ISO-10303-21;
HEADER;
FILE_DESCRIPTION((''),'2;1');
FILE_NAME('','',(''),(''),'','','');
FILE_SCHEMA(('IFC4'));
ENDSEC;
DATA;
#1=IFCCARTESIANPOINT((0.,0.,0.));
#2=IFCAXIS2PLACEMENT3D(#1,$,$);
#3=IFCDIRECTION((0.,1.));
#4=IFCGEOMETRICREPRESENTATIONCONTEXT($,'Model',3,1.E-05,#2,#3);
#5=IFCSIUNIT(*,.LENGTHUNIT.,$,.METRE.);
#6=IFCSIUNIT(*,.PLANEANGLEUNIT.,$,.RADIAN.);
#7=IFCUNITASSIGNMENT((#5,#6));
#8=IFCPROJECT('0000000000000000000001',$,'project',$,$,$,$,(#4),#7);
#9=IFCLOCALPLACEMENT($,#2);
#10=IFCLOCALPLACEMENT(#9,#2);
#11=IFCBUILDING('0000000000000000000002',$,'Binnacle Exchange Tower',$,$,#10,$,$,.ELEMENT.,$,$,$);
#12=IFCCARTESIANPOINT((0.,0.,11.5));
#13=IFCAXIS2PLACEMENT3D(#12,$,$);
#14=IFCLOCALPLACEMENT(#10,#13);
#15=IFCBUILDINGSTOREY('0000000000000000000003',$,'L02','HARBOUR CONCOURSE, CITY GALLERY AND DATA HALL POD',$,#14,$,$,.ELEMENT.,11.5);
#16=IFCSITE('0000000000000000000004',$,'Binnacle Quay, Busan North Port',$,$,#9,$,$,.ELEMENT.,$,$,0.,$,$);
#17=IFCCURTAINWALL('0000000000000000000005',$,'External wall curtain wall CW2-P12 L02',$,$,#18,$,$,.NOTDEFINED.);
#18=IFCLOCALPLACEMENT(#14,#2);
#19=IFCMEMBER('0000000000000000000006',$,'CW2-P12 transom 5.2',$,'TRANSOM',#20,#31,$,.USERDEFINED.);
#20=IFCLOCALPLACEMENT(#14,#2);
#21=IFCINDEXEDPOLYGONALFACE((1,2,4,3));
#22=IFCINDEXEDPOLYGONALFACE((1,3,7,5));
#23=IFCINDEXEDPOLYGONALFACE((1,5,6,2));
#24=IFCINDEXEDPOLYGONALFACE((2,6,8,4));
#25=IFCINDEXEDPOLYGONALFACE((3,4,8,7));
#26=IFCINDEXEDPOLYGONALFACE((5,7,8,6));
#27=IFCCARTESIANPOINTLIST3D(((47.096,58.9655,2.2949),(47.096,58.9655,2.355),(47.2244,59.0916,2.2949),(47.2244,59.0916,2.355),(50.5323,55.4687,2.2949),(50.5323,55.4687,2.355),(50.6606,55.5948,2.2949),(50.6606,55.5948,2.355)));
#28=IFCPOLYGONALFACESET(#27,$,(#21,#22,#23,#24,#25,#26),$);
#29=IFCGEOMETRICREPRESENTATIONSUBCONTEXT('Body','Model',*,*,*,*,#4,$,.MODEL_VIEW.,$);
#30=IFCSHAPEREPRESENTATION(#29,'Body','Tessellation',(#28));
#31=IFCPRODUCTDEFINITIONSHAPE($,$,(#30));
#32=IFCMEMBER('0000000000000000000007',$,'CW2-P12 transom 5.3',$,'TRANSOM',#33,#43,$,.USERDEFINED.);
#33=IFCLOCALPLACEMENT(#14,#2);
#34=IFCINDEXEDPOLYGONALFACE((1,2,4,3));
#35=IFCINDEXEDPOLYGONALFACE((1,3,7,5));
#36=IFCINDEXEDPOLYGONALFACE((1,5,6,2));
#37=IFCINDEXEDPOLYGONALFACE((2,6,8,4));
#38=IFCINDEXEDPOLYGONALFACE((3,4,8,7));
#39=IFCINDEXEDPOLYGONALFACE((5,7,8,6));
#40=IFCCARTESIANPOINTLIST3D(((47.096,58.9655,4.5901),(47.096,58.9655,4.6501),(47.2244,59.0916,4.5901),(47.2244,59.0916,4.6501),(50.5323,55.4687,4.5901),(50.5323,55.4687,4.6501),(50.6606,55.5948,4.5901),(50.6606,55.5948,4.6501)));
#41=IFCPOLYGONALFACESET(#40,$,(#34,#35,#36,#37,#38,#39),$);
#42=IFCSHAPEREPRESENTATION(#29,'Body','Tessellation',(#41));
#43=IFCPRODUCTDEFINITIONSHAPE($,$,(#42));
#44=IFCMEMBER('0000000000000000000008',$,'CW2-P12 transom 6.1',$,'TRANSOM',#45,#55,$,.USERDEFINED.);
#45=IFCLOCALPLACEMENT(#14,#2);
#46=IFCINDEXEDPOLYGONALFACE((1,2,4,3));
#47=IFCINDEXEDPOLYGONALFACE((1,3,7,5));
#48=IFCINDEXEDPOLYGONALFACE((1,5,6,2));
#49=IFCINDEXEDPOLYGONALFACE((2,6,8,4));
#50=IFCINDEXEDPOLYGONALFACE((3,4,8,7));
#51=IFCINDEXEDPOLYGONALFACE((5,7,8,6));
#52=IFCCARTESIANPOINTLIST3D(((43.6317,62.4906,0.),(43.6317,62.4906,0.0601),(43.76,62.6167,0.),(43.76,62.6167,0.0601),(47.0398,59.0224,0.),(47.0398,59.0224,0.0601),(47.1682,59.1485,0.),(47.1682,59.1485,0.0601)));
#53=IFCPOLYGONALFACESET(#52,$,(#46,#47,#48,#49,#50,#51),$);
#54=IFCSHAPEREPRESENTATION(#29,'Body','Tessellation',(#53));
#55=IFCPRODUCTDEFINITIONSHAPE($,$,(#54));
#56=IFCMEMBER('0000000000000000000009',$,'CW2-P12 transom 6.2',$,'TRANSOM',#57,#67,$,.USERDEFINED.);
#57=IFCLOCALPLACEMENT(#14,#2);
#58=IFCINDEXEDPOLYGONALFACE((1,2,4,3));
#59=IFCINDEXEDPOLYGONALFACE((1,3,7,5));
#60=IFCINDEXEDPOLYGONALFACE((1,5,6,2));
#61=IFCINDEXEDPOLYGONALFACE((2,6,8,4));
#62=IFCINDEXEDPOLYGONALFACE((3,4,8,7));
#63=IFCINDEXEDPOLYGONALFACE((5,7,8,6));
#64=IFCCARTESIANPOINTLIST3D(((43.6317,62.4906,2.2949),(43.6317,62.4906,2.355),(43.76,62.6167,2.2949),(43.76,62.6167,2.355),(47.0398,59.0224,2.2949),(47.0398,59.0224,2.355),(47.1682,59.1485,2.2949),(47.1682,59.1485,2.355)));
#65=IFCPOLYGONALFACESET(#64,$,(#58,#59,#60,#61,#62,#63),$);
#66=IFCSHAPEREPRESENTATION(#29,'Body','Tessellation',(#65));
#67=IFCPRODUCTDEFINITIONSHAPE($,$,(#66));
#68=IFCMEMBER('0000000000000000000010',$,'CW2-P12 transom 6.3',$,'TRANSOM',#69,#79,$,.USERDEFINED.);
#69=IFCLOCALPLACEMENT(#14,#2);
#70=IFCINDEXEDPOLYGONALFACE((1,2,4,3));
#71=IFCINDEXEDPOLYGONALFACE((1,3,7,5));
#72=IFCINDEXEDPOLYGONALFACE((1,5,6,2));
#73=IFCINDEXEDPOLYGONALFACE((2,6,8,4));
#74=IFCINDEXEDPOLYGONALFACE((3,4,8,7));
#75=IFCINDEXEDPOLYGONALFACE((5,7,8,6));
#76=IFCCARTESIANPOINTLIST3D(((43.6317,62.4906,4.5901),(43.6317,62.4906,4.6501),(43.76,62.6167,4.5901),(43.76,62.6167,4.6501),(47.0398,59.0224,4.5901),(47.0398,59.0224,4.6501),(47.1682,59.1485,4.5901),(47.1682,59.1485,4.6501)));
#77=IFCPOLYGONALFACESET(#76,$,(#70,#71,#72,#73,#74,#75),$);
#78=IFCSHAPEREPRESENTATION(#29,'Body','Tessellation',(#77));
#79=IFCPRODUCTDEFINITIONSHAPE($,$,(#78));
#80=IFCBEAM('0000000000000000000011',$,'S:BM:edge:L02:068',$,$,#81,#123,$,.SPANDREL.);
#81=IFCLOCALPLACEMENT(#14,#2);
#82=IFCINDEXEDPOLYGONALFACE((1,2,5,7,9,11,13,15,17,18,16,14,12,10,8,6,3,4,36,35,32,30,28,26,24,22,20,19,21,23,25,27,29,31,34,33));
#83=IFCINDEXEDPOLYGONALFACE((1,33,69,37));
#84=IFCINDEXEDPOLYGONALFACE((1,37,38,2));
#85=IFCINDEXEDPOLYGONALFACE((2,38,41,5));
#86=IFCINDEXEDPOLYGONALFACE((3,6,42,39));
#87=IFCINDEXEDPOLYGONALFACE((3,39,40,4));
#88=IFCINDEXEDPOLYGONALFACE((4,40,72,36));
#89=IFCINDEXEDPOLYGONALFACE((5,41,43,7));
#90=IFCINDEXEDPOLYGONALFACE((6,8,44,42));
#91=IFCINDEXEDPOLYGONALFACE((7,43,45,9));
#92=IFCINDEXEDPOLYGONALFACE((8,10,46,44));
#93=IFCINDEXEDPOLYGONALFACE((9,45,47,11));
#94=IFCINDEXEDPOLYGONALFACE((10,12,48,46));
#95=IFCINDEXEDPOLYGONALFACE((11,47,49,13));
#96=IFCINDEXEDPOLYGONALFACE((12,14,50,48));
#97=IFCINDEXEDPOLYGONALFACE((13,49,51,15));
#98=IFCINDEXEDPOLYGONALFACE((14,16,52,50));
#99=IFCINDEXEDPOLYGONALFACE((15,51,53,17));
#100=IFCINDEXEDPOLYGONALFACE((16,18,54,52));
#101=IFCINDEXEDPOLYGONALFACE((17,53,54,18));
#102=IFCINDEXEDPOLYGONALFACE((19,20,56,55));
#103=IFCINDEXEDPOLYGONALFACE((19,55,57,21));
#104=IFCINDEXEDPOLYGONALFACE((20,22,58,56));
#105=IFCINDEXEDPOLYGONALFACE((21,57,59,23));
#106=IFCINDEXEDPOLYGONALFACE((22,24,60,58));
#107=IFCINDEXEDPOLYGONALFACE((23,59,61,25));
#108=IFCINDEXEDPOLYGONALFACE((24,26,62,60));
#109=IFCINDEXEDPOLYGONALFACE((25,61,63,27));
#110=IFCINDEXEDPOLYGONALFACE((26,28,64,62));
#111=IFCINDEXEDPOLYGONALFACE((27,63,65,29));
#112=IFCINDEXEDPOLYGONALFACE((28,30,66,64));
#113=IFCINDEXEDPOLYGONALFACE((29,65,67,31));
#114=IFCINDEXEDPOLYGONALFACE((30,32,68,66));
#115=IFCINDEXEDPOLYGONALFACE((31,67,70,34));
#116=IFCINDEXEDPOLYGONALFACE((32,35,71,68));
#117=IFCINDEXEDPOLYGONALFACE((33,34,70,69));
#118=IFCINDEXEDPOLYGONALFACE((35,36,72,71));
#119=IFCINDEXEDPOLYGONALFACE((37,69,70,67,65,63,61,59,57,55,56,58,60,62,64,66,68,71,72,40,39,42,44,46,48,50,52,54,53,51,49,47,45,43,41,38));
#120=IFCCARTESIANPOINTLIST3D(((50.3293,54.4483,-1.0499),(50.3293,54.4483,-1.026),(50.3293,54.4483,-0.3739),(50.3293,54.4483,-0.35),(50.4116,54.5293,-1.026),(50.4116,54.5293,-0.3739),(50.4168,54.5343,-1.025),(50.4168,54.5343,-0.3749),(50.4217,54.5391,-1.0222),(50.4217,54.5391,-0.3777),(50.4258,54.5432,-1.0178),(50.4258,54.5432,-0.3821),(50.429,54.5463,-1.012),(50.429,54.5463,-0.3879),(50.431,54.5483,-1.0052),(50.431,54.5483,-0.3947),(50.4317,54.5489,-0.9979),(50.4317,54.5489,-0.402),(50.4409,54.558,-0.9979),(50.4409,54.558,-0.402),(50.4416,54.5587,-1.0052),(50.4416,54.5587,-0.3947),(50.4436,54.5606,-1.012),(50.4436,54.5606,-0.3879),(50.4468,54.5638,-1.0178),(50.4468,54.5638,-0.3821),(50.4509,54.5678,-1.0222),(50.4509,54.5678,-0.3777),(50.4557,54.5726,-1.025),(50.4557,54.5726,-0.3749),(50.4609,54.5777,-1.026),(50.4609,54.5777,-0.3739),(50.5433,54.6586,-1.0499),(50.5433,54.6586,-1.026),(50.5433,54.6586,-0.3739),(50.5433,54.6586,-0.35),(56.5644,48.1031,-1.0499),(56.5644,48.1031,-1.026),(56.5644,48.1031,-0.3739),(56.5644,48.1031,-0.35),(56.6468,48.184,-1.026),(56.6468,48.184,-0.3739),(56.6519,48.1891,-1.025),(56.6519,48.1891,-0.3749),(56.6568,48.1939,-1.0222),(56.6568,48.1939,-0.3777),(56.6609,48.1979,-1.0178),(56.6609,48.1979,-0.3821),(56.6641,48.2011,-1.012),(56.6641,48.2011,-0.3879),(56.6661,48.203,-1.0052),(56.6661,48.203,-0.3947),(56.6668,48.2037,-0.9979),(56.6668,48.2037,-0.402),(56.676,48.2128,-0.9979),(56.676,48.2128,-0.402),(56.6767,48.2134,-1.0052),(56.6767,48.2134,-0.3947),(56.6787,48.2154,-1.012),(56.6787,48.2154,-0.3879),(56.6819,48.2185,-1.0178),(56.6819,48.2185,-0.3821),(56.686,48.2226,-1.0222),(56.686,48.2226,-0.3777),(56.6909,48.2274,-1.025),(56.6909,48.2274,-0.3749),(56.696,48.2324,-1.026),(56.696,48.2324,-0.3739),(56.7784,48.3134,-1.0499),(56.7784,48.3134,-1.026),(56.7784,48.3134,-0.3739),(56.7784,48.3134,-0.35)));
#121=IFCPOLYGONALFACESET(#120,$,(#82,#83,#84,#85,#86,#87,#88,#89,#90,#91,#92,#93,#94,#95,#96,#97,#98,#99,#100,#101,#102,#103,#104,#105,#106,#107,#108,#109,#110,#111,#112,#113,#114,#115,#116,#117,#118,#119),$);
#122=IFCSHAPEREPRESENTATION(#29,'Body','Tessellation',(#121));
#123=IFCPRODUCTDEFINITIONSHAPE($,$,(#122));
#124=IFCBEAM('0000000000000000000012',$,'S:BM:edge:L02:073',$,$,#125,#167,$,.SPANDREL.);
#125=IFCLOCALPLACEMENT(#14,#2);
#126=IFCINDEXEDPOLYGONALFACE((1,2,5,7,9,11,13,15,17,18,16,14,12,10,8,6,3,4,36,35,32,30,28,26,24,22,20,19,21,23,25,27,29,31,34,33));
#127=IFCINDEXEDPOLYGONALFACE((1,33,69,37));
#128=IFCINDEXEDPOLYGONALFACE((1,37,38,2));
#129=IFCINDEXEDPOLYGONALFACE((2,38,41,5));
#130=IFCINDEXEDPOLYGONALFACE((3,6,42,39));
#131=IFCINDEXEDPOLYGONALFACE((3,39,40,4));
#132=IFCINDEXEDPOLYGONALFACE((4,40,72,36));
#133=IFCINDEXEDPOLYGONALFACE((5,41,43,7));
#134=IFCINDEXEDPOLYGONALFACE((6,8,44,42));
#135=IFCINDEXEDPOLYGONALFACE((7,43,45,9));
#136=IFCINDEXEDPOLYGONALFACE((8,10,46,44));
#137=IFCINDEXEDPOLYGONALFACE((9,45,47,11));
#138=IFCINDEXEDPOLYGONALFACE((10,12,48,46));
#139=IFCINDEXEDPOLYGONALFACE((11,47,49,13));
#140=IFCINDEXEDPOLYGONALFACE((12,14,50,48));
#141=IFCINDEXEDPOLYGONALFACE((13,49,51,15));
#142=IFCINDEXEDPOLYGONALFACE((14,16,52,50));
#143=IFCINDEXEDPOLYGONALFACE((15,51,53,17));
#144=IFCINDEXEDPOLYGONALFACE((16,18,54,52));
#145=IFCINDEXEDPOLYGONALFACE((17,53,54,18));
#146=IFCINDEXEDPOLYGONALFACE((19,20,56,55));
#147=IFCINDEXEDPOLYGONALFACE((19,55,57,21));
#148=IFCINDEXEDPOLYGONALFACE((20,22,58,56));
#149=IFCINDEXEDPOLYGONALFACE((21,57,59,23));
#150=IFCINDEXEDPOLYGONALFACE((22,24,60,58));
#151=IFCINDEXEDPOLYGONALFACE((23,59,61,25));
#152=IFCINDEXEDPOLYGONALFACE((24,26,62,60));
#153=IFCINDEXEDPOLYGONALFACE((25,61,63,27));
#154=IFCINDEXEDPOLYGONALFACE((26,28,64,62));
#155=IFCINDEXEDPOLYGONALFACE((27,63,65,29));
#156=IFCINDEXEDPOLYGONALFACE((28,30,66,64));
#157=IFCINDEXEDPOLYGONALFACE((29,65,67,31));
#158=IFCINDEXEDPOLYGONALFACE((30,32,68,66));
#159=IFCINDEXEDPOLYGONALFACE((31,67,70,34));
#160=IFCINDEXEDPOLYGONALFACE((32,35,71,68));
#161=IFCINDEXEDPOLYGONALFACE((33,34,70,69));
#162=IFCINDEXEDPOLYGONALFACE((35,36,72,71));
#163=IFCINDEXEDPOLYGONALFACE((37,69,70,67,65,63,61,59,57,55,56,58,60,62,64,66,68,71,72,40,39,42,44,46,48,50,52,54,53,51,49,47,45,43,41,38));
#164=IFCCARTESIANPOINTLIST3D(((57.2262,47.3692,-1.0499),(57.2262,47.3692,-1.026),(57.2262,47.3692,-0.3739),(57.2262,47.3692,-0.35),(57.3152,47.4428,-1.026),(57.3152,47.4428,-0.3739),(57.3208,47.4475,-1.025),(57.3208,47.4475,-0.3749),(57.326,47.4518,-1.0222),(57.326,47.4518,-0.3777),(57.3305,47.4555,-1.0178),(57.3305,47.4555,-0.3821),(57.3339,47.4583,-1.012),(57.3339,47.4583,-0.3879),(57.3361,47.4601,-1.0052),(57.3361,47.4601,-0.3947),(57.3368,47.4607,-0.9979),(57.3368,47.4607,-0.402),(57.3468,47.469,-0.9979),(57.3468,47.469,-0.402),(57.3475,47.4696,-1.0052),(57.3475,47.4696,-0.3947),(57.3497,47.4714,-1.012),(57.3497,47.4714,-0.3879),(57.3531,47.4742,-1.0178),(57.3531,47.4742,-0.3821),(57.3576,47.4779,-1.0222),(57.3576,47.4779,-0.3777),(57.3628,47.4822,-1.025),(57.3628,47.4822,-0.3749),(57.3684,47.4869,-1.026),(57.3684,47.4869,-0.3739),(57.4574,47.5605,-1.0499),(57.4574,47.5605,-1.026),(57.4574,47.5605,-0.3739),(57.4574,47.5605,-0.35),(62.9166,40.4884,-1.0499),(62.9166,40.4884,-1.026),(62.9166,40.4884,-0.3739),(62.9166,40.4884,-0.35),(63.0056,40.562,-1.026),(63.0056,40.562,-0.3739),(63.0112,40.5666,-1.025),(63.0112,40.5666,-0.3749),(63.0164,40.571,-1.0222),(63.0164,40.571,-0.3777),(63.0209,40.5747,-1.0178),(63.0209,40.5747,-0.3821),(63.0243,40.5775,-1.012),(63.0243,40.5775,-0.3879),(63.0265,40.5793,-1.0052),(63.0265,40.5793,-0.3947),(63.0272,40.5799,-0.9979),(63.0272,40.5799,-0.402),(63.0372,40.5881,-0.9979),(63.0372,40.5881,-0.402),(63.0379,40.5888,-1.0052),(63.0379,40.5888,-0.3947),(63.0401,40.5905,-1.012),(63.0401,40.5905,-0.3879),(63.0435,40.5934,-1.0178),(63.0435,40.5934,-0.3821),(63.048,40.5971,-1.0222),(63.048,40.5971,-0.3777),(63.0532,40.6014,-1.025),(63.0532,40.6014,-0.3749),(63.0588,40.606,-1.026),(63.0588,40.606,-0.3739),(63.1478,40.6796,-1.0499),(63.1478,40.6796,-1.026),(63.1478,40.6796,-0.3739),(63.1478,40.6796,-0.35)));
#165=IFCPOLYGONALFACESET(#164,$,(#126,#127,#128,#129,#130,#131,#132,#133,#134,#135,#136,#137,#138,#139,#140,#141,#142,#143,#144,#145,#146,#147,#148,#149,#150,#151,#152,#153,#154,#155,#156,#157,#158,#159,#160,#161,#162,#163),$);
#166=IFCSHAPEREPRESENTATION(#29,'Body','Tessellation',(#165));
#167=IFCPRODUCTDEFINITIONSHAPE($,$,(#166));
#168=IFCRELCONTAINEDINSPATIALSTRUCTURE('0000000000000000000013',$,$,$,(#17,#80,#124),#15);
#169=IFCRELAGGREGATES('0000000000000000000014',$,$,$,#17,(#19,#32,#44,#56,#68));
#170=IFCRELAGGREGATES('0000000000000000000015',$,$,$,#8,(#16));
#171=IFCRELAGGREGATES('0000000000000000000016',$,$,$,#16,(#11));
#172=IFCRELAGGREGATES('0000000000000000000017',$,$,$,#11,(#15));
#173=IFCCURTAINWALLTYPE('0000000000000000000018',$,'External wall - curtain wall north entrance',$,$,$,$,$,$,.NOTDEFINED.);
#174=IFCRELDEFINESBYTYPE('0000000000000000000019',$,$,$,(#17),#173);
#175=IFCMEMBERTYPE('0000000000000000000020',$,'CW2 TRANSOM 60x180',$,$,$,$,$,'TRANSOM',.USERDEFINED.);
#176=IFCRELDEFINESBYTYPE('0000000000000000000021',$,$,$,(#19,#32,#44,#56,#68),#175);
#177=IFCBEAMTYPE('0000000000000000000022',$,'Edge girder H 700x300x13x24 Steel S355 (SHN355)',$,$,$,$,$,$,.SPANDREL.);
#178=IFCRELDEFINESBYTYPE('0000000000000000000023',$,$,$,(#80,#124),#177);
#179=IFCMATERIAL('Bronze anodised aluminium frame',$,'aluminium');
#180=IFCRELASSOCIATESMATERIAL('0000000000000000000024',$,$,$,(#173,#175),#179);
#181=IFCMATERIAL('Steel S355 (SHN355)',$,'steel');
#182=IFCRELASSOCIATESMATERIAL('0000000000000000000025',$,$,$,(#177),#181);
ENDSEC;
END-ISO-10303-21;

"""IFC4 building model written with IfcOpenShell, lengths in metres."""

from ifc_helpers import new_model, si_unit, direction, frame, origin, origin_2d, place, context, subcontext, project, spatial, rectangle, i_section, extrude, material, material_profile, profile_set, type_object, element, aggregate, save


model = new_model("IFC4")

# Units and contexts
model_context = context("Model", 3, precision=1e-05, world=origin(), true_north=direction((0.0, 1.0)))
body_context = subcontext(model_context, "Body", "Model", "MODEL_VIEW")
ifc_project = project(units=[si_unit("LENGTHUNIT", "METRE"), si_unit("PLANEANGLEUNIT", "RADIAN")], contexts=[model_context])

# Site, building, storey
site_placement = place(None, origin())
site = spatial("IfcSite", under=ifc_project, at=site_placement, Name="Binnacle Quay, Busan North Port", CompositionType="ELEMENT", RefElevation=0.0)
building_placement = place(site_placement, origin())
building = spatial("IfcBuilding", under=site, at=building_placement, Name="Binnacle Exchange Tower", CompositionType="ELEMENT")
storey_placement = place(building_placement, frame((0.0, 0.0, 11.5)))
storey = spatial("IfcBuildingStorey", under=building, at=storey_placement, Name="L02", Description="HARBOUR CONCOURSE, CITY GALLERY AND DATA HALL POD", CompositionType="ELEMENT", Elevation=11.5)

# Curtain wall, members
ifc_material_1 = material(Name="Bronze anodised aluminium frame", Category="aluminium")
curtain_wall_type = type_object("IfcCurtainWallType", Name="External wall - curtain wall north entrance", PredefinedType="NOTDEFINED", material=ifc_material_1)
curtain_wall_placement = place(storey_placement, origin())
curtain_wall = element("IfcCurtainWall", 1, at=curtain_wall_placement, inside=storey, type_object=curtain_wall_type, Name="External wall curtain wall CW2-P12 L02", PredefinedType="NOTDEFINED")
ifc_material_profile_1 = material_profile(ifc_material_1, rectangle(XDim=0.1799, YDim=0.0601, at=origin_2d()), Name="AL 180x60")
ifc_profile_set_1 = profile_set([ifc_material_profile_1], Name="Bronze anodised aluminium frame")
member_type_1 = type_object("IfcMemberType", Name="CW2 TRANSOM 60x180", ElementType="TRANSOM", PredefinedType="USERDEFINED", material=ifc_profile_set_1)
member_1_placement = place(storey_placement, frame((50.5964, 55.5317, 2.325), z_axis=(-0.700905, 0.713255, 0.0), x_axis=(-0.713255, -0.700905, 0.0)))
member_1 = element("IfcMember", 2, at=member_1_placement, type_object=member_type_1, Name="CW2-P12 transom 5.2", ObjectType="TRANSOM", PredefinedType="USERDEFINED", context=body_context, shape_type="SweptSolid", body=[
    extrude(rectangle(XDim=0.1799, YDim=0.0601, at=origin_2d()), origin(), (0.0, 0.0, 1.0), 4.9026),
])
member_2_placement = place(storey_placement, frame((50.5964, 55.5317, 4.6201), z_axis=(-0.700905, 0.713255, 0.0), x_axis=(-0.713255, -0.700905, 0.0)))
member_2 = element("IfcMember", 3, at=member_2_placement, type_object=member_type_1, Name="CW2-P12 transom 5.3", ObjectType="TRANSOM", PredefinedType="USERDEFINED", context=body_context, shape_type="SweptSolid", body=[
    extrude(rectangle(XDim=0.1799, YDim=0.0601, at=origin_2d()), origin(), (0.0, 0.0, 1.0), 4.9026),
])
member_3_placement = place(storey_placement, frame((47.104, 59.0854, 0.03), z_axis=(-0.700904, 0.713255, 0.0), x_axis=(-0.713255, -0.700904, 0.0)))
member_3 = element("IfcMember", 4, at=member_3_placement, type_object=member_type_1, Name="CW2-P12 transom 6.1", ObjectType="TRANSOM", PredefinedType="USERDEFINED", context=body_context, shape_type="SweptSolid", body=[
    extrude(rectangle(XDim=0.1799, YDim=0.0601, at=origin_2d()), origin(), (0.0, 0.0, 1.0), 4.8625),
])
member_4_placement = place(storey_placement, frame((47.104, 59.0854, 2.325), z_axis=(-0.700904, 0.713255, 0.0), x_axis=(-0.713255, -0.700904, 0.0)))
member_4 = element("IfcMember", 5, at=member_4_placement, type_object=member_type_1, Name="CW2-P12 transom 6.2", ObjectType="TRANSOM", PredefinedType="USERDEFINED", context=body_context, shape_type="SweptSolid", body=[
    extrude(rectangle(XDim=0.1799, YDim=0.0601, at=origin_2d()), origin(), (0.0, 0.0, 1.0), 4.8625),
])
member_5_placement = place(storey_placement, frame((47.104, 59.0854, 4.6201), z_axis=(-0.700904, 0.713255, 0.0), x_axis=(-0.713255, -0.700904, 0.0)))
member_5 = element("IfcMember", 6, at=member_5_placement, type_object=member_type_1, Name="CW2-P12 transom 6.3", ObjectType="TRANSOM", PredefinedType="USERDEFINED", context=body_context, shape_type="SweptSolid", body=[
    extrude(rectangle(XDim=0.1799, YDim=0.0601, at=origin_2d()), origin(), (0.0, 0.0, 1.0), 4.8625),
])

# Beams
ifc_material_2 = material(Name="Steel S355 (SHN355)", Category="steel")
ifc_material_profile_2 = material_profile(ifc_material_2, i_section(OverallWidth=0.3, OverallDepth=0.7, WebThickness=0.0129, FlangeThickness=0.0239, FilletRadius=0.0281, at=origin_2d()), Name="H 700x300x13x24")
ifc_profile_set_2 = profile_set([ifc_material_profile_2], Name="Steel S355 (SHN355)")
beam_type_1 = type_object("IfcBeamType", Name="Edge girder H 700x300x13x24 Steel S355 (SHN355)", PredefinedType="SPANDREL", material=ifc_profile_set_2)
beam_1_placement = place(storey_placement, frame((50.4363, 54.5535, -0.7), z_axis=(0.700891, -0.713268, 0.0), x_axis=(0.713268, 0.700891, 0.0)))
element("IfcBeam", 7, at=beam_1_placement, inside=storey, type_object=beam_type_1, Name="S:BM:edge:L02:068", PredefinedType="SPANDREL", context=body_context, shape_type="SweptSolid", body=[
    extrude(i_section(OverallWidth=0.3, OverallDepth=0.7, WebThickness=0.0129, FlangeThickness=0.0239, FilletRadius=0.0281, at=origin_2d()), origin(), (0.0, 0.0, 1.0), 8.896),
])
beam_2_placement = place(storey_placement, frame((57.3418, 47.4648, -0.7), z_axis=(0.637297, -0.770618, 0.0), x_axis=(0.770618, 0.637297, 0.0)))
element("IfcBeam", 8, at=beam_2_placement, inside=storey, type_object=beam_type_1, Name="S:BM:edge:L02:073", PredefinedType="SPANDREL", context=body_context, shape_type="SweptSolid", body=[
    extrude(i_section(OverallWidth=0.3, OverallDepth=0.7, WebThickness=0.0129, FlangeThickness=0.0239, FilletRadius=0.0281, at=origin_2d()), origin(), (0.0, 0.0, 1.0), 8.929),
])

aggregate(curtain_wall, [member_1, member_2, member_3, member_4, member_5])

save(model, "model.ifc")
